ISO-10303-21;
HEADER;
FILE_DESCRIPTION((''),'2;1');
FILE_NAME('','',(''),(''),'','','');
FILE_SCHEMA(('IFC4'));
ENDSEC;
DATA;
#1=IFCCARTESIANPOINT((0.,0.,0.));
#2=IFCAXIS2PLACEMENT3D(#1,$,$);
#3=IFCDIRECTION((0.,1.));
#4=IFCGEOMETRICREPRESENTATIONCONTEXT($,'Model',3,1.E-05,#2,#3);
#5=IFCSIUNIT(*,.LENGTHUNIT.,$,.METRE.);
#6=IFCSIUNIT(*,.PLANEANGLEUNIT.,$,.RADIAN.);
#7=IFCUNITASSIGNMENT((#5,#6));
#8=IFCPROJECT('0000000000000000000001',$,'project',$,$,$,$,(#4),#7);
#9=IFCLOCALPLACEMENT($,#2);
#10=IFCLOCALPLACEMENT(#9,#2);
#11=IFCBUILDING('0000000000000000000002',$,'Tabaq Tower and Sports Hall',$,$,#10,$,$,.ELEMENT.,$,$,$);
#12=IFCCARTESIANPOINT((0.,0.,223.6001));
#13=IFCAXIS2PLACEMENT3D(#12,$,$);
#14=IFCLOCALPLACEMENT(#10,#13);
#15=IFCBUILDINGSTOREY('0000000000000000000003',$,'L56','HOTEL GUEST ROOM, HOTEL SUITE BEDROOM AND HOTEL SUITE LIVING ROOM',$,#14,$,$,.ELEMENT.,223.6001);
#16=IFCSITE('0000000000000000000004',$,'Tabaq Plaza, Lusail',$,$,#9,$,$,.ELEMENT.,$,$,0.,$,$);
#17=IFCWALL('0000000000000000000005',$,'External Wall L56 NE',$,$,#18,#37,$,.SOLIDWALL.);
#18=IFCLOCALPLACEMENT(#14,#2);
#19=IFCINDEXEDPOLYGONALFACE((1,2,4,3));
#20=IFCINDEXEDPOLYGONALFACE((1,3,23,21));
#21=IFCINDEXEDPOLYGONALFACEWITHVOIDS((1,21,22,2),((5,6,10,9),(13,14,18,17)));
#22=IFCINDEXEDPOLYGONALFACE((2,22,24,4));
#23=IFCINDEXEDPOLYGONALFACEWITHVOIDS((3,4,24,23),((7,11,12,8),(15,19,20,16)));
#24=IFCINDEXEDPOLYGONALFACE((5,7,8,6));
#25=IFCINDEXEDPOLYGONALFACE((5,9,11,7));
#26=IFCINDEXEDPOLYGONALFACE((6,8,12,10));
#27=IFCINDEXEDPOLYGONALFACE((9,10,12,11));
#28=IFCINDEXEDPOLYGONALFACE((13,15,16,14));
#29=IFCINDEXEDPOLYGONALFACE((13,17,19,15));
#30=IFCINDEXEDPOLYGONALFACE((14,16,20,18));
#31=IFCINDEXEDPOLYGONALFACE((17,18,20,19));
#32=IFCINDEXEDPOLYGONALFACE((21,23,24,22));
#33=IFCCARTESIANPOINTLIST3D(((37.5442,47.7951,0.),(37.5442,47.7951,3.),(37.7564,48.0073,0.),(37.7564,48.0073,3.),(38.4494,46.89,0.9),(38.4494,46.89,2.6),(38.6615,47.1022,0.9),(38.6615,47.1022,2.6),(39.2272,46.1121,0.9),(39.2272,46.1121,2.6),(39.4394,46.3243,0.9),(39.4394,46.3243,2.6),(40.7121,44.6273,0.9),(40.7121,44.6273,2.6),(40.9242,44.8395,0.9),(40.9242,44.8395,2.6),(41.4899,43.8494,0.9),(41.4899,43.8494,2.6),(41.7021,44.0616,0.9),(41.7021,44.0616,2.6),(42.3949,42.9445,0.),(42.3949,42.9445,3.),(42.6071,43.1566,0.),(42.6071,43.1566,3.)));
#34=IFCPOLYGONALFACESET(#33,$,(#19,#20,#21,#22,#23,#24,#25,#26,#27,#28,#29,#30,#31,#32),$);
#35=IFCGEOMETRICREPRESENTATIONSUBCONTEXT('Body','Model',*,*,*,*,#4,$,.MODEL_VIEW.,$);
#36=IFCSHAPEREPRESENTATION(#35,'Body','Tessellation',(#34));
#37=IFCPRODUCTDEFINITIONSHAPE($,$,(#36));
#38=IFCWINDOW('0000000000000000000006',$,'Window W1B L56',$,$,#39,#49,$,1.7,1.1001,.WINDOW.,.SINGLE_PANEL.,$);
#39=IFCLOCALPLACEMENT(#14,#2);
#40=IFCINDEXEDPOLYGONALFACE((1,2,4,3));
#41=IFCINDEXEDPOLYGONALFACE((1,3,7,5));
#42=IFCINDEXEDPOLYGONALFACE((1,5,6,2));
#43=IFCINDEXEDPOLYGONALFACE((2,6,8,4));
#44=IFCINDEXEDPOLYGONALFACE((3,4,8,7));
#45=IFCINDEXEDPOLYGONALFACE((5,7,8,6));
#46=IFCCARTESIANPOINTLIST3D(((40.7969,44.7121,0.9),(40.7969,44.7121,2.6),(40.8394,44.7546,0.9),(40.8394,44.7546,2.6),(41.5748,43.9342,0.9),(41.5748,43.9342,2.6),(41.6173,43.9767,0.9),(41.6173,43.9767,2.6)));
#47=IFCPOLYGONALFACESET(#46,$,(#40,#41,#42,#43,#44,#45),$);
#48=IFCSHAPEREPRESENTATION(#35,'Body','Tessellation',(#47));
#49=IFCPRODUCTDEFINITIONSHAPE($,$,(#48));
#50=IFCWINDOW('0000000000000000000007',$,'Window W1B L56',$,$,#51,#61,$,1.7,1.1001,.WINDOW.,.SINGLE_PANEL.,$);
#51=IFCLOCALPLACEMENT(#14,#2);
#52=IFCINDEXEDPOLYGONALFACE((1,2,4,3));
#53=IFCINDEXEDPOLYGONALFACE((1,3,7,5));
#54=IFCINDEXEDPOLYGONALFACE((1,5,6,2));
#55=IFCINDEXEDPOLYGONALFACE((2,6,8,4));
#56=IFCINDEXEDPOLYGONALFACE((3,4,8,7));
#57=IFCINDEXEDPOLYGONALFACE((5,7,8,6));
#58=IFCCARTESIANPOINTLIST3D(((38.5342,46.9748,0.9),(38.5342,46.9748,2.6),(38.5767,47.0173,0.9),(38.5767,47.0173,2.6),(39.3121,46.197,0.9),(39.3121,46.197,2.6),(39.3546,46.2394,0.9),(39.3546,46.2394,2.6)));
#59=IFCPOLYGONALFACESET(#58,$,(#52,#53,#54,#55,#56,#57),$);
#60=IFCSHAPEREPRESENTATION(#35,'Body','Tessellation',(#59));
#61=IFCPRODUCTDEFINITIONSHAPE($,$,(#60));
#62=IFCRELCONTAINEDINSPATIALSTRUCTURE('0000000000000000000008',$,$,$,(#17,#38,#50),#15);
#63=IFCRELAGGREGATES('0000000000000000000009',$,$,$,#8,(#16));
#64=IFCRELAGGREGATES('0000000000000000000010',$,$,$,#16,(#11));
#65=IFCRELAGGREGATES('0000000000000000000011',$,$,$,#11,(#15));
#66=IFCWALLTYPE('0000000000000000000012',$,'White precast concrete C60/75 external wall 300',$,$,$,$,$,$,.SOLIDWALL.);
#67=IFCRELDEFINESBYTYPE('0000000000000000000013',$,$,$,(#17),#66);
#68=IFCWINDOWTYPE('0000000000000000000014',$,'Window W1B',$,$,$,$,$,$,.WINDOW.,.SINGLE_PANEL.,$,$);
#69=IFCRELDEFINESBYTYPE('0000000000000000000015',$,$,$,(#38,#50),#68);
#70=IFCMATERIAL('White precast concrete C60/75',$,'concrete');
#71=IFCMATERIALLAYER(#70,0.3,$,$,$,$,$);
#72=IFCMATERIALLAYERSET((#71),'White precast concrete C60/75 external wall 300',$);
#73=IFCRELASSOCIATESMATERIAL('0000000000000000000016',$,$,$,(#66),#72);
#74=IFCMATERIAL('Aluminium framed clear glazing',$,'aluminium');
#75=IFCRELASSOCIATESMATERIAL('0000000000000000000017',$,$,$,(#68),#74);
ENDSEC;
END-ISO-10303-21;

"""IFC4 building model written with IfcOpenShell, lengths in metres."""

from ifc_helpers import new_model, si_unit, direction, frame, frame_2d, origin, place, context, subcontext, project, spatial, rectangle, extrude, material, layer, layer_set, type_object, element, fill, save


model = new_model("IFC4")

# Units and contexts
model_context = context("Model", 3, precision=1e-05, world=origin(), true_north=direction((0.0, 1.0)))
body_context = subcontext(model_context, "Body", "Model", "MODEL_VIEW")
ifc_project = project(units=[si_unit("LENGTHUNIT", "METRE"), si_unit("PLANEANGLEUNIT", "RADIAN")], contexts=[model_context])

# Site, building, storey
site_placement = place(None, origin())
site = spatial("IfcSite", under=ifc_project, at=site_placement, Name="Tabaq Plaza, Lusail", CompositionType="ELEMENT", RefElevation=0.0)
building_placement = place(site_placement, origin())
building = spatial("IfcBuilding", under=site, at=building_placement, Name="Tabaq Tower and Sports Hall", CompositionType="ELEMENT")
storey_placement = place(building_placement, frame((0.0, 0.0, 223.6001)))
storey = spatial("IfcBuildingStorey", under=building, at=storey_placement, Name="L56", Description="HOTEL GUEST ROOM, HOTEL SUITE BEDROOM AND HOTEL SUITE LIVING ROOM", CompositionType="ELEMENT", Elevation=223.6001)

# Wall, openings, windows
ifc_material_1 = material(Name="White precast concrete C60/75", Category="concrete")
ifc_layer_1 = layer(ifc_material_1, 0.3)
ifc_layer_set_1 = layer_set([ifc_layer_1], Name="White precast concrete C60/75 external wall 300")
wall_type_1 = type_object("IfcWallType", Name="White precast concrete C60/75 external wall 300", PredefinedType="SOLIDWALL", material=ifc_layer_set_1)
wall_1_placement = place(storey_placement, frame((42.501, 43.0505, 0.0), z_axis=(0.0, 0.0, 1.0), x_axis=(-0.707107, 0.707107, 0.0)))
wall_1 = element("IfcWall", 1, at=wall_1_placement, inside=storey, type_object=wall_type_1, Name="External Wall L56 NE", PredefinedType="SOLIDWALL", context=body_context, shape_type="SweptSolid", body=[
    extrude(rectangle(XDim=6.8599, YDim=0.3, at=frame_2d((3.4299, 0.0))), origin(), (0.0, 0.0, 1.0), 3.0),
])
opening_1_placement = place(wall_1_placement, frame((1.2798, 0.0, 0.8999)))
opening_1 = element("IfcOpeningElement", 2, at=opening_1_placement, cuts=wall_1, PredefinedType="OPENING", context=body_context, shape_type="SweptSolid", body=[
    extrude(rectangle(XDim=1.1001, YDim=1.7, at=frame_2d((0.55, 0.8501))), frame((0.0, 0.1602, 0.0), z_axis=(0.0, -1.0, 0.0), x_axis=(1.0, 0.0, 0.0)), (0.0, 0.0, 1.0), 0.3201),
])
opening_2_placement = place(wall_1_placement, frame((4.4797, 0.0, 0.8999)))
opening_2 = element("IfcOpeningElement", 3, at=opening_2_placement, cuts=wall_1, PredefinedType="OPENING", context=body_context, shape_type="SweptSolid", body=[
    extrude(rectangle(XDim=1.1001, YDim=1.7, at=frame_2d((0.55, 0.8501))), frame((0.0, 0.1602, 0.0), z_axis=(0.0, -1.0, 0.0), x_axis=(1.0, 0.0, 0.0)), (0.0, 0.0, 1.0), 0.3201),
])
ifc_material_2 = material(Name="Aluminium framed clear glazing", Category="aluminium")
window_type_1 = type_object("IfcWindowType", Name="Window W1B", PartitioningType="SINGLE_PANEL", PredefinedType="WINDOW", material=ifc_material_2)
window_1_placement = place(opening_1_placement, origin())
window_1 = element("IfcWindow", 4, at=window_1_placement, inside=storey, type_object=window_type_1, Name="Window W1B L56", OverallHeight=1.7, OverallWidth=1.1001, PartitioningType="SINGLE_PANEL", PredefinedType="WINDOW", context=body_context, shape_type="SweptSolid", body=[
    extrude(rectangle(XDim=1.1001, YDim=1.7, at=frame_2d((0.55, 0.8501))), frame((0.0, 0.03, 0.0), z_axis=(0.0, -1.0, 0.0), x_axis=(1.0, 0.0, 0.0)), (0.0, 0.0, 1.0), 0.0601),
])
fill(opening_1, window_1)
window_2_placement = place(opening_2_placement, origin())
window_2 = element("IfcWindow", 5, at=window_2_placement, inside=storey, type_object=window_type_1, Name="Window W1B L56", OverallHeight=1.7, OverallWidth=1.1001, PartitioningType="SINGLE_PANEL", PredefinedType="WINDOW", context=body_context, shape_type="SweptSolid", body=[
    extrude(rectangle(XDim=1.1001, YDim=1.7, at=frame_2d((0.55, 0.8501))), frame((0.0, 0.03, 0.0), z_axis=(0.0, -1.0, 0.0), x_axis=(1.0, 0.0, 0.0)), (0.0, 0.0, 1.0), 0.0601),
])
fill(opening_2, window_2)

save(model, "model.ifc")
